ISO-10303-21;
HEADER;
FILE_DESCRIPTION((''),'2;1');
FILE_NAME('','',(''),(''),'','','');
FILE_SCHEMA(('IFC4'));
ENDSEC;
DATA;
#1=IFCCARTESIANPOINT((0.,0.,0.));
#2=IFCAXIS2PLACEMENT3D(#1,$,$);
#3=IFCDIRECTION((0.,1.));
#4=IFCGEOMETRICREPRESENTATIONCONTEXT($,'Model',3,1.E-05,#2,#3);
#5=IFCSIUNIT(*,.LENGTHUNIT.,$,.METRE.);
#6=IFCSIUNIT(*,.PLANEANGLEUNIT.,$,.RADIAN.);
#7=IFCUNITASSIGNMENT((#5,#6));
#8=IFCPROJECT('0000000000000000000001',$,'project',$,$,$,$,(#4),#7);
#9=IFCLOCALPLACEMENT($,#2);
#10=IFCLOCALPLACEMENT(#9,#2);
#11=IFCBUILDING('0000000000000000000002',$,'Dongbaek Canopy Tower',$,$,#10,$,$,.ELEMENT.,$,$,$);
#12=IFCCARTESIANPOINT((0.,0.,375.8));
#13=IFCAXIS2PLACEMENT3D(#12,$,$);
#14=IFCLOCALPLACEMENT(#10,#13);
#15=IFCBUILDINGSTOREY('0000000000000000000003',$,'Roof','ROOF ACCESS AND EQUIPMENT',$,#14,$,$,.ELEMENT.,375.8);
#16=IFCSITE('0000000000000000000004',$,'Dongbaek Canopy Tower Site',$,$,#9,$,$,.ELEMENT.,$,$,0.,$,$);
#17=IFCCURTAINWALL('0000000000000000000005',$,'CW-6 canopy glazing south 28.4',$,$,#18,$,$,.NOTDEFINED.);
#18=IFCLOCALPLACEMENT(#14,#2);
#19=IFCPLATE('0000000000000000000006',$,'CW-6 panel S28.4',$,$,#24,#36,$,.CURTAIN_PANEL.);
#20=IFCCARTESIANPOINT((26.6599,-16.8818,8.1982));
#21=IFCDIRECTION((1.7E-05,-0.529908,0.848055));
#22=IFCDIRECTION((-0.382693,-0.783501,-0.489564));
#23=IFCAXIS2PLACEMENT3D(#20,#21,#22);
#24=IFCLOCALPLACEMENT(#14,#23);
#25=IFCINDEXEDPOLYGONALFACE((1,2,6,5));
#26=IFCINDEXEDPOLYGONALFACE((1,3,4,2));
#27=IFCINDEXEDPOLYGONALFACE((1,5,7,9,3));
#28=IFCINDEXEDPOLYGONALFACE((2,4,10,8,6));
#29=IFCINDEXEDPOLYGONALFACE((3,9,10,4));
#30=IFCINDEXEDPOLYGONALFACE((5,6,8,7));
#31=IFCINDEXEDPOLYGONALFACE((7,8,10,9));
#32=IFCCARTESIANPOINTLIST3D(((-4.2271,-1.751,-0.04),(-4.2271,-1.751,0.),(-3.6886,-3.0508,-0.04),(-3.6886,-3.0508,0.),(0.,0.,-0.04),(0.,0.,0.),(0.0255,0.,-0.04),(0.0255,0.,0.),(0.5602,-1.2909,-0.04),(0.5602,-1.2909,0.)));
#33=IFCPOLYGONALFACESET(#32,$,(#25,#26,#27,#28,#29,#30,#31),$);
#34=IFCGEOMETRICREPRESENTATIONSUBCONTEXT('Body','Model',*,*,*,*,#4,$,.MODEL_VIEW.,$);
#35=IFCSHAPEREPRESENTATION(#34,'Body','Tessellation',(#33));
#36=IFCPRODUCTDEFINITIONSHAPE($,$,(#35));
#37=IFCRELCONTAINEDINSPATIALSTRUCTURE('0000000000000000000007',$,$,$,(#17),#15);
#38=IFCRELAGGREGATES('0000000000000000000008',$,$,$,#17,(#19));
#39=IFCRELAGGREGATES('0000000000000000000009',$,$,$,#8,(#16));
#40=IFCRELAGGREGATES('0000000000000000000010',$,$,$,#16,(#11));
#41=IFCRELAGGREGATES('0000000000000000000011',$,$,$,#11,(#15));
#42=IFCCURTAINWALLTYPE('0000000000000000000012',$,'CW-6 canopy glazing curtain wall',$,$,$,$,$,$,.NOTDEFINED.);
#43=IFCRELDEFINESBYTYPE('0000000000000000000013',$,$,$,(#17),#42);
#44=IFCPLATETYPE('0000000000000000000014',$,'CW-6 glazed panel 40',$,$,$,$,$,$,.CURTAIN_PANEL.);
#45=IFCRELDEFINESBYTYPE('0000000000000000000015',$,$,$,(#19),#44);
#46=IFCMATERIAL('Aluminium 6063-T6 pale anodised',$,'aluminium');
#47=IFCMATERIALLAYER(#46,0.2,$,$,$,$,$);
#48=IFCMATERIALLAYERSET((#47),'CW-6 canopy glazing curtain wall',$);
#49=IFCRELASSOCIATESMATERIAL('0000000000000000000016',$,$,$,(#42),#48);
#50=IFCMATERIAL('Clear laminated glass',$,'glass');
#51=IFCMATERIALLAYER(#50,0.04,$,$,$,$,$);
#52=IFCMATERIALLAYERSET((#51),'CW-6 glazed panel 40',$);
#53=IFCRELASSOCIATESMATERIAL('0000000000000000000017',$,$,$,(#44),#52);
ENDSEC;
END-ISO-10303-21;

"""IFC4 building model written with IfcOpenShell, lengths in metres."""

from ifc_helpers import new_model, si_unit, direction, frame, origin, place, context, subcontext, project, spatial, polyline, outline, extrude, material, layer, layer_set, type_object, element, aggregate, save


model = new_model("IFC4")

# Units and contexts
model_context = context("Model", 3, precision=1e-05, world=origin(), true_north=direction((0.0, 1.0)))
body_context = subcontext(model_context, "Body", "Model", "MODEL_VIEW")
ifc_project = project(units=[si_unit("LENGTHUNIT", "METRE"), si_unit("PLANEANGLEUNIT", "RADIAN")], contexts=[model_context])

# Site, building, storey
site_placement = place(None, origin())
site = spatial("IfcSite", under=ifc_project, at=site_placement, Name="Dongbaek Canopy Tower Site", CompositionType="ELEMENT", RefElevation=0.0)
building_placement = place(site_placement, origin())
building = spatial("IfcBuilding", under=site, at=building_placement, Name="Dongbaek Canopy Tower", CompositionType="ELEMENT")
storey_placement = place(building_placement, frame((0.0, 0.0, 375.8)))
storey = spatial("IfcBuildingStorey", under=building, at=storey_placement, Name="Roof", Description="ROOF ACCESS AND EQUIPMENT", CompositionType="ELEMENT", Elevation=375.8)

# Curtain wall
ifc_material_1 = material(Name="Aluminium 6063-T6 pale anodised", Category="aluminium")
ifc_layer_1 = layer(ifc_material_1, 0.2)
ifc_layer_set_1 = layer_set([ifc_layer_1], Name="CW-6 canopy glazing curtain wall")
curtain_wall_type = type_object("IfcCurtainWallType", Name="CW-6 canopy glazing curtain wall", PredefinedType="NOTDEFINED", material=ifc_layer_set_1)
curtain_wall_1_placement = place(storey_placement, origin())
curtain_wall_1 = element("IfcCurtainWall", 1, at=curtain_wall_1_placement, inside=storey, type_object=curtain_wall_type, Name="CW-6 canopy glazing south 28.4", PredefinedType="NOTDEFINED")

# Shared definitions
ifc_material_2 = material(Name="Clear laminated glass", Category="glass")
ifc_layer_2 = layer(ifc_material_2, 0.04)
ifc_layer_set_2 = layer_set([ifc_layer_2], Name="CW-6 glazed panel 40")
plate_type = type_object("IfcPlateType", Name="CW-6 glazed panel 40", PredefinedType="CURTAIN_PANEL", material=ifc_layer_set_2)

# Plate
plate_1_placement = place(storey_placement, frame((26.6599, -16.8818, 8.1982), z_axis=(0.000017, -0.529908, 0.848055), x_axis=(-0.382693, -0.783501, -0.489564)))
plate_1 = element("IfcPlate", 2, at=plate_1_placement, type_object=plate_type, Name="CW-6 panel S28.4", PredefinedType="CURTAIN_PANEL", context=body_context, shape_type="SweptSolid", body=[
    extrude(outline(polyline([(0.0, 0.0), (0.0255, 0.0), (0.5602, -1.2909), (-3.6886, -3.0508), (-4.2271, -1.751), (0.0, 0.0)])), origin(), (0.0, 0.0, -1.0), 0.04),
])
aggregate(curtain_wall_1, [plate_1])

save(model, "model.ifc")
